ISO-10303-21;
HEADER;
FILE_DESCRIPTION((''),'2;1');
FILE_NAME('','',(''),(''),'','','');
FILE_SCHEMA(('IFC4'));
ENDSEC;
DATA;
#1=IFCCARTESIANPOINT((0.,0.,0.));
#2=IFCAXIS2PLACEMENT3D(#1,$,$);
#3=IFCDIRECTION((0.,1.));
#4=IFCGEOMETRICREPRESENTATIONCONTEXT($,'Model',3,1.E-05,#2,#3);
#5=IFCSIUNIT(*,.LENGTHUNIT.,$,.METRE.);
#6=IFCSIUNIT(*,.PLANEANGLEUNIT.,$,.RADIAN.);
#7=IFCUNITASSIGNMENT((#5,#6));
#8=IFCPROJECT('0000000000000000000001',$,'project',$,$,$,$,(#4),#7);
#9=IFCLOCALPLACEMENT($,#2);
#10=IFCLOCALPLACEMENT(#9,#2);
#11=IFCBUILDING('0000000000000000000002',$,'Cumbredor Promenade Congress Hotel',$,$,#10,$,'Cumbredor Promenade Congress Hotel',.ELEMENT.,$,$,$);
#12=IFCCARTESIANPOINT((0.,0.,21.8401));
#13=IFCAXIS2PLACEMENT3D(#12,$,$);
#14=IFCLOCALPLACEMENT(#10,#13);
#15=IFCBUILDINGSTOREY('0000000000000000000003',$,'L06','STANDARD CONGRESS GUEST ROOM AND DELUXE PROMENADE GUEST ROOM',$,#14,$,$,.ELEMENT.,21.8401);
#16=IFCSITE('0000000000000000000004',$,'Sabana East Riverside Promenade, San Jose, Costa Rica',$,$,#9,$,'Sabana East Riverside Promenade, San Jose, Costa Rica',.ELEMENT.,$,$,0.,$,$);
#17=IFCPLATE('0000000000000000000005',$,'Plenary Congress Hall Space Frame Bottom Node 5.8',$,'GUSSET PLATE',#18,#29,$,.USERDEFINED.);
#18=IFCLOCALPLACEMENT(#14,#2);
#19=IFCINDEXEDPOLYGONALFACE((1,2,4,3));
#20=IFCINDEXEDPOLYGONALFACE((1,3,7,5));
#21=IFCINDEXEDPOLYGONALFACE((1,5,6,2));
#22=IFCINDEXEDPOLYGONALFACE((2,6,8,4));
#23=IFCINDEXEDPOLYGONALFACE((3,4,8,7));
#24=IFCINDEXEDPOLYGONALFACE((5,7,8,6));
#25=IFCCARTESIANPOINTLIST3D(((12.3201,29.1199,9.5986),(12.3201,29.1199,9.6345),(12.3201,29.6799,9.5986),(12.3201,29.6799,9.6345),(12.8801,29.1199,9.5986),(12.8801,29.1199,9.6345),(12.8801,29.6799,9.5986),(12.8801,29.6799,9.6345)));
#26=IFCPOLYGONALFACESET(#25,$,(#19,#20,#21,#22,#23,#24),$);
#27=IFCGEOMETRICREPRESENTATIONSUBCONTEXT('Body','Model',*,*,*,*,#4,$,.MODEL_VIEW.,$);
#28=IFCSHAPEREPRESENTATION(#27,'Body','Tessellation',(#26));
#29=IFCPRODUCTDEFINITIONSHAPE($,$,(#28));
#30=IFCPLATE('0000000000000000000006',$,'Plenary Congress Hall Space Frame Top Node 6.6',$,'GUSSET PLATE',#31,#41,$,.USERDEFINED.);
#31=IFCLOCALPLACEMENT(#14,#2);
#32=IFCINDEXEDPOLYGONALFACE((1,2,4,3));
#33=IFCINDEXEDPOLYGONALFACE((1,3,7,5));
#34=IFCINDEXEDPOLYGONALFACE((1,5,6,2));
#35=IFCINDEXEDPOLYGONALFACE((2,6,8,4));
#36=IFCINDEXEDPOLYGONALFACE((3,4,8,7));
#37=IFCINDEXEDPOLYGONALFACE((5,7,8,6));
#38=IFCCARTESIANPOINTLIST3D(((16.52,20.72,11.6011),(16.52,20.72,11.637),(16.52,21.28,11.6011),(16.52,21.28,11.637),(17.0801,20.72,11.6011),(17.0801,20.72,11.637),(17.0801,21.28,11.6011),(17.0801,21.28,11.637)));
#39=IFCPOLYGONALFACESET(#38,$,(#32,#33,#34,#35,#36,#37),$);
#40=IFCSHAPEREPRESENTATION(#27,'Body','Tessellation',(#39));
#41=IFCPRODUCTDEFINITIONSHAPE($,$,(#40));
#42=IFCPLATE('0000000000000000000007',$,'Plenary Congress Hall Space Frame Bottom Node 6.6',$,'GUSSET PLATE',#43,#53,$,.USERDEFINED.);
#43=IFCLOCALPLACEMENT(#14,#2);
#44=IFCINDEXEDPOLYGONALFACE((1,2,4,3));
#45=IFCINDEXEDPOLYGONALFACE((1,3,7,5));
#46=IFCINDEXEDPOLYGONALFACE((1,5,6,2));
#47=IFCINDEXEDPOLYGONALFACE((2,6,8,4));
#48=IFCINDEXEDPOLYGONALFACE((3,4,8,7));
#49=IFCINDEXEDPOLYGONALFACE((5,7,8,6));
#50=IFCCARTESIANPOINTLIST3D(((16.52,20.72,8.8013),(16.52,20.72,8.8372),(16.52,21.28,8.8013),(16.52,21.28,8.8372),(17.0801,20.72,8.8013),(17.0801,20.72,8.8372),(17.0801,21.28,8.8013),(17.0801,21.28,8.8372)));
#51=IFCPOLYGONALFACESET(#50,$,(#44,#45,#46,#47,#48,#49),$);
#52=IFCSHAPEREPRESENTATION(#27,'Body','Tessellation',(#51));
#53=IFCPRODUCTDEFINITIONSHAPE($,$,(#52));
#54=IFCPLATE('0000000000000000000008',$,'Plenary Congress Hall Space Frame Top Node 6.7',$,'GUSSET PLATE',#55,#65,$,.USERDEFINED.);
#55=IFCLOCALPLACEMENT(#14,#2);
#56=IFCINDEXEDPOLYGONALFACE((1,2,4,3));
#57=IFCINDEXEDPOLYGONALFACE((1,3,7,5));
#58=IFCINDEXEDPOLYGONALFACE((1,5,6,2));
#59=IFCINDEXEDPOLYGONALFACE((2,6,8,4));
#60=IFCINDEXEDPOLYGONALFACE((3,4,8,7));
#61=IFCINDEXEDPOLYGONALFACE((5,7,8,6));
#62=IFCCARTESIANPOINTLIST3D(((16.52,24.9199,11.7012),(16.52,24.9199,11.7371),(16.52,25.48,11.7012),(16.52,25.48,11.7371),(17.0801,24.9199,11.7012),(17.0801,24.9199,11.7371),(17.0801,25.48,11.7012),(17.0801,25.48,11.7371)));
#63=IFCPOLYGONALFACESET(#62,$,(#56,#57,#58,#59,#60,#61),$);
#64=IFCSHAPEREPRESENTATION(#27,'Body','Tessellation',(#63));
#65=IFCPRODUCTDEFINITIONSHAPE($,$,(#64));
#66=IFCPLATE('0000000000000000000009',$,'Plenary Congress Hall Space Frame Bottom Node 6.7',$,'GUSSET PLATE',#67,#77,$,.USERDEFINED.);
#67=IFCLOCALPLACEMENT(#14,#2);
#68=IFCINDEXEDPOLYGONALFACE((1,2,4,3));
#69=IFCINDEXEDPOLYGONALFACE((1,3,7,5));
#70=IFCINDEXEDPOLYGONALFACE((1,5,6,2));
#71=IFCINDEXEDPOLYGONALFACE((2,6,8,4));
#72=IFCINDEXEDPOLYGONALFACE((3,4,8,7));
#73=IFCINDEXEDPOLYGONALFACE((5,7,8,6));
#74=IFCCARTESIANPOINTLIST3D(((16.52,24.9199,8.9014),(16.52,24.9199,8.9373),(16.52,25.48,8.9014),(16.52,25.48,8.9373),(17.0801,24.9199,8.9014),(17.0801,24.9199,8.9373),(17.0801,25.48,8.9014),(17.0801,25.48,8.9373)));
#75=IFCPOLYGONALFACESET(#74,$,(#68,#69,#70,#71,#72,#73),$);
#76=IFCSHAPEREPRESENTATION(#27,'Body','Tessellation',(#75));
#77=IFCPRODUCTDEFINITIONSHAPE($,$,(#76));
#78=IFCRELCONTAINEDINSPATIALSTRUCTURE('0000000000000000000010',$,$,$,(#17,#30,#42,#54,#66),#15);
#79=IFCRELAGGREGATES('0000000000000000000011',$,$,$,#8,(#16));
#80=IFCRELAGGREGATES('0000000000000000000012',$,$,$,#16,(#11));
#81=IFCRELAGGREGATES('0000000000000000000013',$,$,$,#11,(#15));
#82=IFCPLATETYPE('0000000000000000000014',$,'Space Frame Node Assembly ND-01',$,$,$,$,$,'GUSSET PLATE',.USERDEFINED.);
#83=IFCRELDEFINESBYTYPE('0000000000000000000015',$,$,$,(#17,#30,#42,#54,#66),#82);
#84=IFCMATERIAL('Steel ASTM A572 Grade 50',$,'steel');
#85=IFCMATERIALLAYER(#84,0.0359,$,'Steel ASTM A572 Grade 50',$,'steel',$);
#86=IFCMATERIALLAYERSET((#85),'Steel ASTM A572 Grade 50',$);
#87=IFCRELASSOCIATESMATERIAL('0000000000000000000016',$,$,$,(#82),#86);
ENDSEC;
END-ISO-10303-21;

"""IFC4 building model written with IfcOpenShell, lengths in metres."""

from ifc_helpers import new_model, si_unit, direction, frame, origin, origin_2d, place, context, subcontext, project, spatial, rectangle, extrude, material, layer, layer_set, type_object, element, save


model = new_model("IFC4")

# Units and contexts
model_context = context("Model", 3, precision=1e-05, world=origin(), true_north=direction((0.0, 1.0)))
body_context = subcontext(model_context, "Body", "Model", "MODEL_VIEW")
ifc_project = project(units=[si_unit("LENGTHUNIT", "METRE"), si_unit("PLANEANGLEUNIT", "RADIAN")], contexts=[model_context])

# Site, building, storey
site_placement = place(None, origin())
site = spatial("IfcSite", under=ifc_project, at=site_placement, Name="Sabana East Riverside Promenade, San Jose, Costa Rica", LongName="Sabana East Riverside Promenade, San Jose, Costa Rica", CompositionType="ELEMENT", RefElevation=0.0)
building_placement = place(site_placement, origin())
building = spatial("IfcBuilding", under=site, at=building_placement, Name="Cumbredor Promenade Congress Hotel", LongName="Cumbredor Promenade Congress Hotel", CompositionType="ELEMENT")
storey_placement = place(building_placement, frame((0.0, 0.0, 21.8401)))
storey = spatial("IfcBuildingStorey", under=building, at=storey_placement, Name="L06", Description="STANDARD CONGRESS GUEST ROOM AND DELUXE PROMENADE GUEST ROOM", CompositionType="ELEMENT", Elevation=21.8401)

# Plates
ifc_material_1 = material(Name="Steel ASTM A572 Grade 50", Category="steel")
ifc_layer = layer(ifc_material_1, 0.0359, Name="Steel ASTM A572 Grade 50", Category="steel")
ifc_layer_set = layer_set([ifc_layer], Name="Steel ASTM A572 Grade 50")
plate_type = type_object("IfcPlateType", Name="Space Frame Node Assembly ND-01", ElementType="GUSSET PLATE", PredefinedType="USERDEFINED", material=ifc_layer_set)
for number, where, z_axis, x_axis, name in (
    (1, (12.6001, 29.3999, 9.5986), (0.0, 0.0, 1.0), (1.0, 0.0, 0.0), "Plenary Congress Hall Space Frame Bottom Node 5.8"),
    (2, (16.8, 21.0, 11.6011), (0.0, 0.0, 1.0), (1.0, 0.0, 0.0), "Plenary Congress Hall Space Frame Top Node 6.6"),
    (3, (16.8, 21.0, 8.8013), (0.0, 0.0, 1.0), (1.0, 0.0, 0.0), "Plenary Congress Hall Space Frame Bottom Node 6.6"),
    (4, (16.8, 25.2, 11.7012), (0.0, 0.0, 1.0), (1.0, 0.0, 0.0), "Plenary Congress Hall Space Frame Top Node 6.7"),
    (5, (16.8, 25.2, 8.9014), (0.0, 0.0, 1.0), (1.0, 0.0, 0.0), "Plenary Congress Hall Space Frame Bottom Node 6.7"),
):
    element("IfcPlate", number, at=place(storey_placement, frame(where, z_axis=z_axis, x_axis=x_axis)), inside=storey, type_object=plate_type, Name=name, ObjectType="GUSSET PLATE", PredefinedType="USERDEFINED", context=body_context, shape_type="SweptSolid", body=[
        extrude(rectangle(XDim=0.5601, YDim=0.5601, at=origin_2d()), origin(), (0.0, 0.0, 1.0), 0.0359),
    ])

save(model, "model.ifc")
